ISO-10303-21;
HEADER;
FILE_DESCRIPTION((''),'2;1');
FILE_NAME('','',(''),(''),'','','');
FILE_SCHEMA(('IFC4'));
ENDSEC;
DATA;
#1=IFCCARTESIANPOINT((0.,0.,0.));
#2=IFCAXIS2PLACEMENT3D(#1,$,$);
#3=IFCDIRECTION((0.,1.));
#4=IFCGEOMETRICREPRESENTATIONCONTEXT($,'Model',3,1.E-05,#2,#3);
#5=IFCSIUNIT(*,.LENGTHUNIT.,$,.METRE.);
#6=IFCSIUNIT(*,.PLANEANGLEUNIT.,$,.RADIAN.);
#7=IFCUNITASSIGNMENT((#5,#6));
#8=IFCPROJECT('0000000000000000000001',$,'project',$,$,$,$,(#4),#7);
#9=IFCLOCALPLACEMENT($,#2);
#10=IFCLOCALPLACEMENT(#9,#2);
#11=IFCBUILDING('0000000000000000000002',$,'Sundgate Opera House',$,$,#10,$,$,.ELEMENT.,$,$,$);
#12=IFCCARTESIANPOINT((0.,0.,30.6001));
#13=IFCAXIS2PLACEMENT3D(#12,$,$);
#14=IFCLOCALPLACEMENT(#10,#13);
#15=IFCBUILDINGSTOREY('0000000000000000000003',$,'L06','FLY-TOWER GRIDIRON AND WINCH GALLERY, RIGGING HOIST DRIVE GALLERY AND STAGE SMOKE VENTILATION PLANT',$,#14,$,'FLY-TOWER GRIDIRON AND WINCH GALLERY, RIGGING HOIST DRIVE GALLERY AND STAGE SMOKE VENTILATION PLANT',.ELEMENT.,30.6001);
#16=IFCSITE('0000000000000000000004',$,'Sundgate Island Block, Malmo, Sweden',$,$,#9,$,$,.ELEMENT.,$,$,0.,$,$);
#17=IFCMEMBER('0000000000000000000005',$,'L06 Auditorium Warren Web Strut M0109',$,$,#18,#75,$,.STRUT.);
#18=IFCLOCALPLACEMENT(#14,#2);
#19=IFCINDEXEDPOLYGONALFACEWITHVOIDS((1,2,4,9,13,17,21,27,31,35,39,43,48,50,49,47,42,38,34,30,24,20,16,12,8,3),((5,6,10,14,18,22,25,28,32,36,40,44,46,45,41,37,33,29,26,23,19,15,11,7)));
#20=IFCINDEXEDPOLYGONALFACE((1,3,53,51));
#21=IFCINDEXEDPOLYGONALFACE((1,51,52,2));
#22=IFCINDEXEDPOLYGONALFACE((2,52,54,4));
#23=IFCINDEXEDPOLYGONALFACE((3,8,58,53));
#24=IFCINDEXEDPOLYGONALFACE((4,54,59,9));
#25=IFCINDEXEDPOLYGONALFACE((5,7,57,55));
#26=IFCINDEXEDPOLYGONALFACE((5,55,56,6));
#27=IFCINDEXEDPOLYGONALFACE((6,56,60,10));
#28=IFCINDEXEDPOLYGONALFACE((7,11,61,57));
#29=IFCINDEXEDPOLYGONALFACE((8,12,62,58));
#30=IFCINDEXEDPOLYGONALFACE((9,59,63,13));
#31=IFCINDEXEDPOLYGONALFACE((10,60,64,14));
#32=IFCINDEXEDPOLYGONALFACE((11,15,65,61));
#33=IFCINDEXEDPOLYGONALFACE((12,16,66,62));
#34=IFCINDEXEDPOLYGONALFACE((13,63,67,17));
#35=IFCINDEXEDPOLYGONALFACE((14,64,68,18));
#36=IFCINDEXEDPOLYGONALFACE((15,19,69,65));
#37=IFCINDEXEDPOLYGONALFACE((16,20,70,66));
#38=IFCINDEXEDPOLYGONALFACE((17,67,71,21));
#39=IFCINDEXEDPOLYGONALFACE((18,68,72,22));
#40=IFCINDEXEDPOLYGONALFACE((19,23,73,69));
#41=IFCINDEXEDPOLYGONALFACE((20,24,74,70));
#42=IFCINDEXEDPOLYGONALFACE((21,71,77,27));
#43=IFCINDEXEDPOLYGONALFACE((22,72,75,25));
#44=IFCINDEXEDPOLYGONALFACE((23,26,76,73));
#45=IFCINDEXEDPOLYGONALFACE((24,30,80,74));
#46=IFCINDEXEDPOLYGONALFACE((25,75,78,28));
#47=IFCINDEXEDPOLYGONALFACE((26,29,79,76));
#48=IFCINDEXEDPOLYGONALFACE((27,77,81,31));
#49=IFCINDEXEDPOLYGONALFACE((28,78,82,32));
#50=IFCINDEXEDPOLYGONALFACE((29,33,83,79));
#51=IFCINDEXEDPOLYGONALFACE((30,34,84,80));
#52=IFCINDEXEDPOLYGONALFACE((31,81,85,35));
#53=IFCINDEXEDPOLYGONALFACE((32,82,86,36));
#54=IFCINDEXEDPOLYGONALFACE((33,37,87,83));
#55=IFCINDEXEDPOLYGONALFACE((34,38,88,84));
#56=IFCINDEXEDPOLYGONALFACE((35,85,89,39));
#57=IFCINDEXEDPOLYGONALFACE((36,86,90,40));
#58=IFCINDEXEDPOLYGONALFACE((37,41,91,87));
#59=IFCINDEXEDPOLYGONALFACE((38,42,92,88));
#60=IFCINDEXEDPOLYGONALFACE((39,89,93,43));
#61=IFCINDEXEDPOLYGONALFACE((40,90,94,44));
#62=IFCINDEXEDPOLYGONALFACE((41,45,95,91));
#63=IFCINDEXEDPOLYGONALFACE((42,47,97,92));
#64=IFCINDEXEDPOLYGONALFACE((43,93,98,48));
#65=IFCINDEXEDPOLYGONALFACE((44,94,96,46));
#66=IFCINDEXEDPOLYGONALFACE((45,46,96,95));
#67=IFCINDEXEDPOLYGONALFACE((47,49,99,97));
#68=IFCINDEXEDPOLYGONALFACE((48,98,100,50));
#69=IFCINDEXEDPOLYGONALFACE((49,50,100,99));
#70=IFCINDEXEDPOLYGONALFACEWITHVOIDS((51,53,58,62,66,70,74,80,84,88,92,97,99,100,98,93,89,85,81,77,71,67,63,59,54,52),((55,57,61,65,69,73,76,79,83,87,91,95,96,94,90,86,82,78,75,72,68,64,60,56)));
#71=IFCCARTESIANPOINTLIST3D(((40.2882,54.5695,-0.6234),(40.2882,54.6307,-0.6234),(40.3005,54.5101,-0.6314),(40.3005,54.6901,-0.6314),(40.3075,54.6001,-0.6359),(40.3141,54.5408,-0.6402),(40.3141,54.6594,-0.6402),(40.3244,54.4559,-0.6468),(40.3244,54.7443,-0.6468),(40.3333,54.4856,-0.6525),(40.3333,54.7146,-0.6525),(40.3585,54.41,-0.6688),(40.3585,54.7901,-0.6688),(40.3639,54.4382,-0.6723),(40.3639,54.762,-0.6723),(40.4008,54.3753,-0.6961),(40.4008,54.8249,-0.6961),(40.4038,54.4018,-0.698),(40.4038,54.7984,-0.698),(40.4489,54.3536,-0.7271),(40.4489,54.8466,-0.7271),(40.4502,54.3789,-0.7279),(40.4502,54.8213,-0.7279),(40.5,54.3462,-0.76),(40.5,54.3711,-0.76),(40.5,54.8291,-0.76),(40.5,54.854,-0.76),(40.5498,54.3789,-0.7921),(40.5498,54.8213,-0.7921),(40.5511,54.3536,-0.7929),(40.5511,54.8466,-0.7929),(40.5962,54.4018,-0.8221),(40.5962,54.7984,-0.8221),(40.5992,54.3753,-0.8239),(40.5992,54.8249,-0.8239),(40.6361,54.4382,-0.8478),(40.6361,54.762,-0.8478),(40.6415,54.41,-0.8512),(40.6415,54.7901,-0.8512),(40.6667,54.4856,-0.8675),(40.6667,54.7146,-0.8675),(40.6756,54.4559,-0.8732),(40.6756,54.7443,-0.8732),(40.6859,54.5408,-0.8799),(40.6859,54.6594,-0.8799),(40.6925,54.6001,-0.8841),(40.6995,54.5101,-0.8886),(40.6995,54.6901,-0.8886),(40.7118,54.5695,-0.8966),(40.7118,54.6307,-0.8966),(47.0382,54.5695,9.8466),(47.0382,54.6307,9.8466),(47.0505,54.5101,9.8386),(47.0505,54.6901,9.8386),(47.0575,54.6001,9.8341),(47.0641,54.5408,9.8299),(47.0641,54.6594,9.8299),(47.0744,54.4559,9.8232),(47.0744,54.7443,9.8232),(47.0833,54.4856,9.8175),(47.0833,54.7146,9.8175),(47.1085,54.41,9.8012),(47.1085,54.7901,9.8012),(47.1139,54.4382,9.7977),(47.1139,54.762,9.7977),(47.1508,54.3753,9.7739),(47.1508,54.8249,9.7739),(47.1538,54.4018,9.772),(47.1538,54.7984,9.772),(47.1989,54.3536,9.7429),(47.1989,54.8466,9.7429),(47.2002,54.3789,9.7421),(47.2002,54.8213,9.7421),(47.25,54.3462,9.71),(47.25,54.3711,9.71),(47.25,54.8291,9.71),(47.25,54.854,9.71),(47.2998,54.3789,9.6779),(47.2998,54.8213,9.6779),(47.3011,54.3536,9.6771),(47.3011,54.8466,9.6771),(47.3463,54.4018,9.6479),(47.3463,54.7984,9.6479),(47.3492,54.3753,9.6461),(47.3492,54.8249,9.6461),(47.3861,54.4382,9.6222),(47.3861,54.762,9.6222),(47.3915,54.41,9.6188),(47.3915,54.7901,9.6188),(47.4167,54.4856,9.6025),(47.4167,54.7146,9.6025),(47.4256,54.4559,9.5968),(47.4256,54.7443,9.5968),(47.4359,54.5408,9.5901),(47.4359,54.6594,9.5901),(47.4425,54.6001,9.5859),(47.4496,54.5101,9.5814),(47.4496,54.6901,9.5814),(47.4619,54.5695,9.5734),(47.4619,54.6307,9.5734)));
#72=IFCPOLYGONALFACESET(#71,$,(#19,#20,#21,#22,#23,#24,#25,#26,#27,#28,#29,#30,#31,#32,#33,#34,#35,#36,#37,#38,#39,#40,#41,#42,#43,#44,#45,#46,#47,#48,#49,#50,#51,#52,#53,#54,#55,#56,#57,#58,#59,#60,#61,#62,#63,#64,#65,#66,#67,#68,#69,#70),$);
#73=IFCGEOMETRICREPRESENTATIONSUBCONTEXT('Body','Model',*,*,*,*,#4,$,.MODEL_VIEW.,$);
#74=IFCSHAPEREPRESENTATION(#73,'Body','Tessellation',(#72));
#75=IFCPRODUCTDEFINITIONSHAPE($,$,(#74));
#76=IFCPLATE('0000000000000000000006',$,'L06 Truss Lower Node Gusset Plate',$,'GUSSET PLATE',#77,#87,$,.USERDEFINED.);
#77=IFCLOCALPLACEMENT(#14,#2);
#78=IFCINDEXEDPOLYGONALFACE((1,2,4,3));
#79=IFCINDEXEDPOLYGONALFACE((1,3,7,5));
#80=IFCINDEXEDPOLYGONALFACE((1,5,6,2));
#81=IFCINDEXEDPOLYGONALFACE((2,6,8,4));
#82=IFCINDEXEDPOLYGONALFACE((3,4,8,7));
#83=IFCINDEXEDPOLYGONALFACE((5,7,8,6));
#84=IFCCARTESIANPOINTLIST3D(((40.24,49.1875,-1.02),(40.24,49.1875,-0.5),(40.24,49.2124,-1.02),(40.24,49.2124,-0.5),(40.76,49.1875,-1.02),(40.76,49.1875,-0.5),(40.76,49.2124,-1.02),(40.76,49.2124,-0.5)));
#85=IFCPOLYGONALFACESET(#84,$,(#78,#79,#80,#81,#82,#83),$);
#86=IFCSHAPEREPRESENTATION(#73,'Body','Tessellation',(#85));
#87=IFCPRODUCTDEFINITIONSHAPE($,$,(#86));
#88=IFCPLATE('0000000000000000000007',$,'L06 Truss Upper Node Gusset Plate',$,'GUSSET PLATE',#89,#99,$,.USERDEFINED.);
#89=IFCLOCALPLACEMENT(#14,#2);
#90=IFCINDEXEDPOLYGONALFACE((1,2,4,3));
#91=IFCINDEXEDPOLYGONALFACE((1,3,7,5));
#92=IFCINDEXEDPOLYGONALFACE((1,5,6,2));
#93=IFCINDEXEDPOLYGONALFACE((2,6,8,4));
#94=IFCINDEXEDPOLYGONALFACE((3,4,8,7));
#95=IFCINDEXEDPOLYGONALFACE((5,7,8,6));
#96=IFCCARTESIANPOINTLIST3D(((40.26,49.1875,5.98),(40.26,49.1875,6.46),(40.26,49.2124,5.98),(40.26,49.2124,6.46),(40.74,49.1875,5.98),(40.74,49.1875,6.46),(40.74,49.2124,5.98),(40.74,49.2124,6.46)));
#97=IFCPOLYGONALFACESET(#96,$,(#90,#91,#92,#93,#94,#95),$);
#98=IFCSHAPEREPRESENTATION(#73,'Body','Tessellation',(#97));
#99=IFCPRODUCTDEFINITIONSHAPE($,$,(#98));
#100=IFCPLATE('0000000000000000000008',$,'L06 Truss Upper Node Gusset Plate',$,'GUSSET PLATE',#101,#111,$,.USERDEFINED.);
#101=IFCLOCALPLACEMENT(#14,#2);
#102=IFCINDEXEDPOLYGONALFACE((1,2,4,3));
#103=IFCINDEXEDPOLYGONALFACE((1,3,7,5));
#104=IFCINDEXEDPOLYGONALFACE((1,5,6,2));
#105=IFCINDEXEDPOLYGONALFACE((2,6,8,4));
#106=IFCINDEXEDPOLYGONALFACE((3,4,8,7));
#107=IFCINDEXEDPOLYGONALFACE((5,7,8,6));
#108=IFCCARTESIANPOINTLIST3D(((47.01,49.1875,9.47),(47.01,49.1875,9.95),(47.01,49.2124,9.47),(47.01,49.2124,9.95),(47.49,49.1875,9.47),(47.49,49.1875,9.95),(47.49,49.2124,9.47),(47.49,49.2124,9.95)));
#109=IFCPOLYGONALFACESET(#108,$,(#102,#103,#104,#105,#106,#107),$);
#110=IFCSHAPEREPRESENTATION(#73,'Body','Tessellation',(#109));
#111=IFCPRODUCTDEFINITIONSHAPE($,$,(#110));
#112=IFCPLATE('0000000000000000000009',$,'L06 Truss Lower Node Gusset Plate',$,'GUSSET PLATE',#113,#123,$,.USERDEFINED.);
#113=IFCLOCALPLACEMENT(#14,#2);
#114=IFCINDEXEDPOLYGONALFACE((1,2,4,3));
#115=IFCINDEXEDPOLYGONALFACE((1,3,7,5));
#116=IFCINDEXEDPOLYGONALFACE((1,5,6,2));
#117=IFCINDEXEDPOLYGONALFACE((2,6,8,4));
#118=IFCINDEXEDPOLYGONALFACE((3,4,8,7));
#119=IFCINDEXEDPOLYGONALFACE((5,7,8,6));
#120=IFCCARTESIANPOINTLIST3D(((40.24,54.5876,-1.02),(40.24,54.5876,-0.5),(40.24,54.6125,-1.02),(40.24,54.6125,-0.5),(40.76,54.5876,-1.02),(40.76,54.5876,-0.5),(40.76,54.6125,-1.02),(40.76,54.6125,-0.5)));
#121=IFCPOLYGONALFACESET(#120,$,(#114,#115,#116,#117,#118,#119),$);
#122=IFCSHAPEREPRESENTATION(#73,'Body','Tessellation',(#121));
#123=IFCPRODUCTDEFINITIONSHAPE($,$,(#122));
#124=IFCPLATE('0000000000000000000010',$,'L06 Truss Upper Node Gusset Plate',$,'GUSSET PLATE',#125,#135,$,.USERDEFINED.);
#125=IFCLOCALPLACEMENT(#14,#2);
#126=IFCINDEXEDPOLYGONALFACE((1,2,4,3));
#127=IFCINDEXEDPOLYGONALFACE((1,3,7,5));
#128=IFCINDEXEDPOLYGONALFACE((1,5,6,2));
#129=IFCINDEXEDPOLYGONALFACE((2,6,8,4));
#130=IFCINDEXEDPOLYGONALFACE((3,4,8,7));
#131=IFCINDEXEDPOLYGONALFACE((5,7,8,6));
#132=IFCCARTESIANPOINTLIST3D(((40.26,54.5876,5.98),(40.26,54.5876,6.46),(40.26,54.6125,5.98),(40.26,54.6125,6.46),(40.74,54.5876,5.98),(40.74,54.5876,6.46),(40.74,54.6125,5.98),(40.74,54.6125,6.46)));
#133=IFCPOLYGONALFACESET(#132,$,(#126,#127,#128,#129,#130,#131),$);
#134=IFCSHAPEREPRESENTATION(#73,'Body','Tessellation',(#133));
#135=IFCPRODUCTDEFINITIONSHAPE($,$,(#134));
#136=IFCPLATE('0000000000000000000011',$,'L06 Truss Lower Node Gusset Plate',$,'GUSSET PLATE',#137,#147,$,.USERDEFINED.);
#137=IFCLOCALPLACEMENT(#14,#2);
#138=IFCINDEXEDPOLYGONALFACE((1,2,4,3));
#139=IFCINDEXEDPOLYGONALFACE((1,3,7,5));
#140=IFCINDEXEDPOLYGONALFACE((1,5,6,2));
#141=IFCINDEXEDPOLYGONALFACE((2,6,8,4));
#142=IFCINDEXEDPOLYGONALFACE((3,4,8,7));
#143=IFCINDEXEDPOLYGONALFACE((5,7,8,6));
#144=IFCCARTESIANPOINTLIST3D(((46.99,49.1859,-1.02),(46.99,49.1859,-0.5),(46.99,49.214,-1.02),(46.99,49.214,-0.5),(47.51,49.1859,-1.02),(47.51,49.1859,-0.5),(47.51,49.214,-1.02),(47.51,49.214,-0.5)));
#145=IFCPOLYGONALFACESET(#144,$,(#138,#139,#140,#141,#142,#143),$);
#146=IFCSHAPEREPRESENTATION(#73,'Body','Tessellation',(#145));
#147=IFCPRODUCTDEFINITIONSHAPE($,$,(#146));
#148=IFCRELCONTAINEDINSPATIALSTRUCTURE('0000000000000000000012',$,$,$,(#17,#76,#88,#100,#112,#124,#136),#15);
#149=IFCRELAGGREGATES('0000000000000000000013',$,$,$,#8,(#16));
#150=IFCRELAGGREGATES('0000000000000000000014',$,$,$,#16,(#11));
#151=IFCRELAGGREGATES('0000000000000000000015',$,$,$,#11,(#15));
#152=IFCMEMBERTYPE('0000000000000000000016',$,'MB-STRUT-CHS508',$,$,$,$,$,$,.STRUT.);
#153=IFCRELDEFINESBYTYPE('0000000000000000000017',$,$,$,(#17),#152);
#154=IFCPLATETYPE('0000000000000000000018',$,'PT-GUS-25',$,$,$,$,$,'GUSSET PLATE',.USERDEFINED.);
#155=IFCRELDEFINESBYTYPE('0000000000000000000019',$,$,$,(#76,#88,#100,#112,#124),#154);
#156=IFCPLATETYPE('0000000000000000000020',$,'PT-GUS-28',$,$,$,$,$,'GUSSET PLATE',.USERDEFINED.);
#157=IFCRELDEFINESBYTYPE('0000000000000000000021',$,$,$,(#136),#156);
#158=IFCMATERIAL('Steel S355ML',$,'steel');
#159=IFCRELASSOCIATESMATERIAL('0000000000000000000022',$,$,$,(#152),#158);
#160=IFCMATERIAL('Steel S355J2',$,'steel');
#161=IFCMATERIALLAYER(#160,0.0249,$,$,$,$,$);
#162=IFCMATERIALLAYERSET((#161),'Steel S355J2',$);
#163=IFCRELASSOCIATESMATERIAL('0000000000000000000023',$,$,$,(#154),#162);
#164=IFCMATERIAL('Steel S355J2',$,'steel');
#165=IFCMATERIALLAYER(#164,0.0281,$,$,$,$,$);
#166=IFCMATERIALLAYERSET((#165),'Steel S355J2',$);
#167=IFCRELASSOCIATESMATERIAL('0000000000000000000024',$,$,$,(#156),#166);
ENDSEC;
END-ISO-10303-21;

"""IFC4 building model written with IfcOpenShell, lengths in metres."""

from ifc_helpers import new_model, si_unit, direction, frame, origin, origin_2d, place, context, subcontext, project, spatial, rectangle, hollow_circle, extrude, material, layer, layer_set, material_profile, profile_set, type_object, element, save


model = new_model("IFC4")

# Units and contexts
model_context = context("Model", 3, precision=1e-05, world=origin(), true_north=direction((0.0, 1.0)))
body_context = subcontext(model_context, "Body", "Model", "MODEL_VIEW")
ifc_project = project(units=[si_unit("LENGTHUNIT", "METRE"), si_unit("PLANEANGLEUNIT", "RADIAN")], contexts=[model_context])

# Site, building, storey
site_placement = place(None, origin())
site = spatial("IfcSite", under=ifc_project, at=site_placement, Name="Sundgate Island Block, Malmo, Sweden", CompositionType="ELEMENT", RefElevation=0.0)
building_placement = place(site_placement, origin())
building = spatial("IfcBuilding", under=site, at=building_placement, Name="Sundgate Opera House", CompositionType="ELEMENT")
storey_placement = place(building_placement, frame((0.0, 0.0, 30.6001)))
storey = spatial("IfcBuildingStorey", under=building, at=storey_placement, Name="L06", Description="FLY-TOWER GRIDIRON AND WINCH GALLERY, RIGGING HOIST DRIVE GALLERY AND STAGE SMOKE VENTILATION PLANT", LongName="FLY-TOWER GRIDIRON AND WINCH GALLERY, RIGGING HOIST DRIVE GALLERY AND STAGE SMOKE VENTILATION PLANT", CompositionType="ELEMENT", Elevation=30.6001)

# Member
ifc_material_1 = material(Name="Steel S355ML", Category="steel")
ifc_material_profile_1 = material_profile(ifc_material_1, hollow_circle(Radius=0.2539, WallThickness=0.0249, at=origin_2d()), Name="CHS 508x25.0")
ifc_profile_set_1 = profile_set([ifc_material_profile_1], Name="Steel S355ML")
member_type_1 = type_object("IfcMemberType", Name="MB-STRUT-CHS508", PredefinedType="STRUT", material=ifc_profile_set_1)
for number, where, z_axis, x_axis, name in (
    (1, (40.5, 54.6001, -0.76), (0.541854, 0.0, 0.840473), (0.0, 1.0, 0.0), "L06 Auditorium Warren Web Strut M0109"),
):
    element("IfcMember", number, at=place(storey_placement, frame(where, z_axis=z_axis, x_axis=x_axis)), inside=storey, type_object=member_type_1, Name=name, PredefinedType="STRUT", context=body_context, shape_type="SweptSolid", body=[
        extrude(hollow_circle(Radius=0.2539, WallThickness=0.0249, at=origin_2d()), origin(), (0.0, 0.0, 1.0), 12.4573),
    ])

# Plates
ifc_material_2 = material(Name="Steel S355J2", Category="steel")
ifc_layer_1 = layer(ifc_material_2, 0.0249)
ifc_layer_set_1 = layer_set([ifc_layer_1], Name="Steel S355J2")
plate_type_1 = type_object("IfcPlateType", Name="PT-GUS-25", ElementType="GUSSET PLATE", PredefinedType="USERDEFINED", material=ifc_layer_set_1)
plate_1_placement = place(storey_placement, frame((40.5, 49.2, -1.02), z_axis=(0.0, 0.0, 1.0), x_axis=(1.0, 0.0, 0.0)))
element("IfcPlate", 2, at=plate_1_placement, inside=storey, type_object=plate_type_1, Name="L06 Truss Lower Node Gusset Plate", ObjectType="GUSSET PLATE", PredefinedType="USERDEFINED", context=body_context, shape_type="SweptSolid", body=[
    extrude(rectangle(XDim=0.52, YDim=0.0249, at=origin_2d()), origin(), (0.0, 0.0, 1.0), 0.52),
])
for number, where, z_axis, x_axis, name in (
    (3, (40.5, 49.2, 5.98), (0.0, 0.0, 1.0), (1.0, 0.0, 0.0), "L06 Truss Upper Node Gusset Plate"),
    (4, (47.25, 49.2, 9.47), (0.0, 0.0, 1.0), (1.0, 0.0, 0.0), "L06 Truss Upper Node Gusset Plate"),
):
    element("IfcPlate", number, at=place(storey_placement, frame(where, z_axis=z_axis, x_axis=x_axis)), inside=storey, type_object=plate_type_1, Name=name, ObjectType="GUSSET PLATE", PredefinedType="USERDEFINED", context=body_context, shape_type="SweptSolid", body=[
        extrude(rectangle(XDim=0.48, YDim=0.0249, at=origin_2d()), origin(), (0.0, 0.0, 1.0), 0.48),
    ])
plate_2_placement = place(storey_placement, frame((40.5, 54.6001, -1.02), z_axis=(0.0, 0.0, 1.0), x_axis=(1.0, 0.0, 0.0)))
element("IfcPlate", 5, at=plate_2_placement, inside=storey, type_object=plate_type_1, Name="L06 Truss Lower Node Gusset Plate", ObjectType="GUSSET PLATE", PredefinedType="USERDEFINED", context=body_context, shape_type="SweptSolid", body=[
    extrude(rectangle(XDim=0.52, YDim=0.0249, at=origin_2d()), origin(), (0.0, 0.0, 1.0), 0.52),
])
plate_3_placement = place(storey_placement, frame((40.5, 54.6001, 5.98), z_axis=(0.0, 0.0, 1.0), x_axis=(1.0, 0.0, 0.0)))
element("IfcPlate", 6, at=plate_3_placement, inside=storey, type_object=plate_type_1, Name="L06 Truss Upper Node Gusset Plate", ObjectType="GUSSET PLATE", PredefinedType="USERDEFINED", context=body_context, shape_type="SweptSolid", body=[
    extrude(rectangle(XDim=0.48, YDim=0.0249, at=origin_2d()), origin(), (0.0, 0.0, 1.0), 0.48),
])
ifc_material_3 = material(Name="Steel S355J2", Category="steel")
ifc_layer_2 = layer(ifc_material_3, 0.0281)
ifc_layer_set_2 = layer_set([ifc_layer_2], Name="Steel S355J2")
plate_type_2 = type_object("IfcPlateType", Name="PT-GUS-28", ElementType="GUSSET PLATE", PredefinedType="USERDEFINED", material=ifc_layer_set_2)
plate_4_placement = place(storey_placement, frame((47.25, 49.2, -1.02), z_axis=(0.0, 0.0, 1.0), x_axis=(1.0, 0.0, 0.0)))
element("IfcPlate", 7, at=plate_4_placement, inside=storey, type_object=plate_type_2, Name="L06 Truss Lower Node Gusset Plate", ObjectType="GUSSET PLATE", PredefinedType="USERDEFINED", context=body_context, shape_type="SweptSolid", body=[
    extrude(rectangle(XDim=0.52, YDim=0.0281, at=origin_2d()), origin(), (0.0, 0.0, 1.0), 0.52),
])

save(model, "model.ifc")
